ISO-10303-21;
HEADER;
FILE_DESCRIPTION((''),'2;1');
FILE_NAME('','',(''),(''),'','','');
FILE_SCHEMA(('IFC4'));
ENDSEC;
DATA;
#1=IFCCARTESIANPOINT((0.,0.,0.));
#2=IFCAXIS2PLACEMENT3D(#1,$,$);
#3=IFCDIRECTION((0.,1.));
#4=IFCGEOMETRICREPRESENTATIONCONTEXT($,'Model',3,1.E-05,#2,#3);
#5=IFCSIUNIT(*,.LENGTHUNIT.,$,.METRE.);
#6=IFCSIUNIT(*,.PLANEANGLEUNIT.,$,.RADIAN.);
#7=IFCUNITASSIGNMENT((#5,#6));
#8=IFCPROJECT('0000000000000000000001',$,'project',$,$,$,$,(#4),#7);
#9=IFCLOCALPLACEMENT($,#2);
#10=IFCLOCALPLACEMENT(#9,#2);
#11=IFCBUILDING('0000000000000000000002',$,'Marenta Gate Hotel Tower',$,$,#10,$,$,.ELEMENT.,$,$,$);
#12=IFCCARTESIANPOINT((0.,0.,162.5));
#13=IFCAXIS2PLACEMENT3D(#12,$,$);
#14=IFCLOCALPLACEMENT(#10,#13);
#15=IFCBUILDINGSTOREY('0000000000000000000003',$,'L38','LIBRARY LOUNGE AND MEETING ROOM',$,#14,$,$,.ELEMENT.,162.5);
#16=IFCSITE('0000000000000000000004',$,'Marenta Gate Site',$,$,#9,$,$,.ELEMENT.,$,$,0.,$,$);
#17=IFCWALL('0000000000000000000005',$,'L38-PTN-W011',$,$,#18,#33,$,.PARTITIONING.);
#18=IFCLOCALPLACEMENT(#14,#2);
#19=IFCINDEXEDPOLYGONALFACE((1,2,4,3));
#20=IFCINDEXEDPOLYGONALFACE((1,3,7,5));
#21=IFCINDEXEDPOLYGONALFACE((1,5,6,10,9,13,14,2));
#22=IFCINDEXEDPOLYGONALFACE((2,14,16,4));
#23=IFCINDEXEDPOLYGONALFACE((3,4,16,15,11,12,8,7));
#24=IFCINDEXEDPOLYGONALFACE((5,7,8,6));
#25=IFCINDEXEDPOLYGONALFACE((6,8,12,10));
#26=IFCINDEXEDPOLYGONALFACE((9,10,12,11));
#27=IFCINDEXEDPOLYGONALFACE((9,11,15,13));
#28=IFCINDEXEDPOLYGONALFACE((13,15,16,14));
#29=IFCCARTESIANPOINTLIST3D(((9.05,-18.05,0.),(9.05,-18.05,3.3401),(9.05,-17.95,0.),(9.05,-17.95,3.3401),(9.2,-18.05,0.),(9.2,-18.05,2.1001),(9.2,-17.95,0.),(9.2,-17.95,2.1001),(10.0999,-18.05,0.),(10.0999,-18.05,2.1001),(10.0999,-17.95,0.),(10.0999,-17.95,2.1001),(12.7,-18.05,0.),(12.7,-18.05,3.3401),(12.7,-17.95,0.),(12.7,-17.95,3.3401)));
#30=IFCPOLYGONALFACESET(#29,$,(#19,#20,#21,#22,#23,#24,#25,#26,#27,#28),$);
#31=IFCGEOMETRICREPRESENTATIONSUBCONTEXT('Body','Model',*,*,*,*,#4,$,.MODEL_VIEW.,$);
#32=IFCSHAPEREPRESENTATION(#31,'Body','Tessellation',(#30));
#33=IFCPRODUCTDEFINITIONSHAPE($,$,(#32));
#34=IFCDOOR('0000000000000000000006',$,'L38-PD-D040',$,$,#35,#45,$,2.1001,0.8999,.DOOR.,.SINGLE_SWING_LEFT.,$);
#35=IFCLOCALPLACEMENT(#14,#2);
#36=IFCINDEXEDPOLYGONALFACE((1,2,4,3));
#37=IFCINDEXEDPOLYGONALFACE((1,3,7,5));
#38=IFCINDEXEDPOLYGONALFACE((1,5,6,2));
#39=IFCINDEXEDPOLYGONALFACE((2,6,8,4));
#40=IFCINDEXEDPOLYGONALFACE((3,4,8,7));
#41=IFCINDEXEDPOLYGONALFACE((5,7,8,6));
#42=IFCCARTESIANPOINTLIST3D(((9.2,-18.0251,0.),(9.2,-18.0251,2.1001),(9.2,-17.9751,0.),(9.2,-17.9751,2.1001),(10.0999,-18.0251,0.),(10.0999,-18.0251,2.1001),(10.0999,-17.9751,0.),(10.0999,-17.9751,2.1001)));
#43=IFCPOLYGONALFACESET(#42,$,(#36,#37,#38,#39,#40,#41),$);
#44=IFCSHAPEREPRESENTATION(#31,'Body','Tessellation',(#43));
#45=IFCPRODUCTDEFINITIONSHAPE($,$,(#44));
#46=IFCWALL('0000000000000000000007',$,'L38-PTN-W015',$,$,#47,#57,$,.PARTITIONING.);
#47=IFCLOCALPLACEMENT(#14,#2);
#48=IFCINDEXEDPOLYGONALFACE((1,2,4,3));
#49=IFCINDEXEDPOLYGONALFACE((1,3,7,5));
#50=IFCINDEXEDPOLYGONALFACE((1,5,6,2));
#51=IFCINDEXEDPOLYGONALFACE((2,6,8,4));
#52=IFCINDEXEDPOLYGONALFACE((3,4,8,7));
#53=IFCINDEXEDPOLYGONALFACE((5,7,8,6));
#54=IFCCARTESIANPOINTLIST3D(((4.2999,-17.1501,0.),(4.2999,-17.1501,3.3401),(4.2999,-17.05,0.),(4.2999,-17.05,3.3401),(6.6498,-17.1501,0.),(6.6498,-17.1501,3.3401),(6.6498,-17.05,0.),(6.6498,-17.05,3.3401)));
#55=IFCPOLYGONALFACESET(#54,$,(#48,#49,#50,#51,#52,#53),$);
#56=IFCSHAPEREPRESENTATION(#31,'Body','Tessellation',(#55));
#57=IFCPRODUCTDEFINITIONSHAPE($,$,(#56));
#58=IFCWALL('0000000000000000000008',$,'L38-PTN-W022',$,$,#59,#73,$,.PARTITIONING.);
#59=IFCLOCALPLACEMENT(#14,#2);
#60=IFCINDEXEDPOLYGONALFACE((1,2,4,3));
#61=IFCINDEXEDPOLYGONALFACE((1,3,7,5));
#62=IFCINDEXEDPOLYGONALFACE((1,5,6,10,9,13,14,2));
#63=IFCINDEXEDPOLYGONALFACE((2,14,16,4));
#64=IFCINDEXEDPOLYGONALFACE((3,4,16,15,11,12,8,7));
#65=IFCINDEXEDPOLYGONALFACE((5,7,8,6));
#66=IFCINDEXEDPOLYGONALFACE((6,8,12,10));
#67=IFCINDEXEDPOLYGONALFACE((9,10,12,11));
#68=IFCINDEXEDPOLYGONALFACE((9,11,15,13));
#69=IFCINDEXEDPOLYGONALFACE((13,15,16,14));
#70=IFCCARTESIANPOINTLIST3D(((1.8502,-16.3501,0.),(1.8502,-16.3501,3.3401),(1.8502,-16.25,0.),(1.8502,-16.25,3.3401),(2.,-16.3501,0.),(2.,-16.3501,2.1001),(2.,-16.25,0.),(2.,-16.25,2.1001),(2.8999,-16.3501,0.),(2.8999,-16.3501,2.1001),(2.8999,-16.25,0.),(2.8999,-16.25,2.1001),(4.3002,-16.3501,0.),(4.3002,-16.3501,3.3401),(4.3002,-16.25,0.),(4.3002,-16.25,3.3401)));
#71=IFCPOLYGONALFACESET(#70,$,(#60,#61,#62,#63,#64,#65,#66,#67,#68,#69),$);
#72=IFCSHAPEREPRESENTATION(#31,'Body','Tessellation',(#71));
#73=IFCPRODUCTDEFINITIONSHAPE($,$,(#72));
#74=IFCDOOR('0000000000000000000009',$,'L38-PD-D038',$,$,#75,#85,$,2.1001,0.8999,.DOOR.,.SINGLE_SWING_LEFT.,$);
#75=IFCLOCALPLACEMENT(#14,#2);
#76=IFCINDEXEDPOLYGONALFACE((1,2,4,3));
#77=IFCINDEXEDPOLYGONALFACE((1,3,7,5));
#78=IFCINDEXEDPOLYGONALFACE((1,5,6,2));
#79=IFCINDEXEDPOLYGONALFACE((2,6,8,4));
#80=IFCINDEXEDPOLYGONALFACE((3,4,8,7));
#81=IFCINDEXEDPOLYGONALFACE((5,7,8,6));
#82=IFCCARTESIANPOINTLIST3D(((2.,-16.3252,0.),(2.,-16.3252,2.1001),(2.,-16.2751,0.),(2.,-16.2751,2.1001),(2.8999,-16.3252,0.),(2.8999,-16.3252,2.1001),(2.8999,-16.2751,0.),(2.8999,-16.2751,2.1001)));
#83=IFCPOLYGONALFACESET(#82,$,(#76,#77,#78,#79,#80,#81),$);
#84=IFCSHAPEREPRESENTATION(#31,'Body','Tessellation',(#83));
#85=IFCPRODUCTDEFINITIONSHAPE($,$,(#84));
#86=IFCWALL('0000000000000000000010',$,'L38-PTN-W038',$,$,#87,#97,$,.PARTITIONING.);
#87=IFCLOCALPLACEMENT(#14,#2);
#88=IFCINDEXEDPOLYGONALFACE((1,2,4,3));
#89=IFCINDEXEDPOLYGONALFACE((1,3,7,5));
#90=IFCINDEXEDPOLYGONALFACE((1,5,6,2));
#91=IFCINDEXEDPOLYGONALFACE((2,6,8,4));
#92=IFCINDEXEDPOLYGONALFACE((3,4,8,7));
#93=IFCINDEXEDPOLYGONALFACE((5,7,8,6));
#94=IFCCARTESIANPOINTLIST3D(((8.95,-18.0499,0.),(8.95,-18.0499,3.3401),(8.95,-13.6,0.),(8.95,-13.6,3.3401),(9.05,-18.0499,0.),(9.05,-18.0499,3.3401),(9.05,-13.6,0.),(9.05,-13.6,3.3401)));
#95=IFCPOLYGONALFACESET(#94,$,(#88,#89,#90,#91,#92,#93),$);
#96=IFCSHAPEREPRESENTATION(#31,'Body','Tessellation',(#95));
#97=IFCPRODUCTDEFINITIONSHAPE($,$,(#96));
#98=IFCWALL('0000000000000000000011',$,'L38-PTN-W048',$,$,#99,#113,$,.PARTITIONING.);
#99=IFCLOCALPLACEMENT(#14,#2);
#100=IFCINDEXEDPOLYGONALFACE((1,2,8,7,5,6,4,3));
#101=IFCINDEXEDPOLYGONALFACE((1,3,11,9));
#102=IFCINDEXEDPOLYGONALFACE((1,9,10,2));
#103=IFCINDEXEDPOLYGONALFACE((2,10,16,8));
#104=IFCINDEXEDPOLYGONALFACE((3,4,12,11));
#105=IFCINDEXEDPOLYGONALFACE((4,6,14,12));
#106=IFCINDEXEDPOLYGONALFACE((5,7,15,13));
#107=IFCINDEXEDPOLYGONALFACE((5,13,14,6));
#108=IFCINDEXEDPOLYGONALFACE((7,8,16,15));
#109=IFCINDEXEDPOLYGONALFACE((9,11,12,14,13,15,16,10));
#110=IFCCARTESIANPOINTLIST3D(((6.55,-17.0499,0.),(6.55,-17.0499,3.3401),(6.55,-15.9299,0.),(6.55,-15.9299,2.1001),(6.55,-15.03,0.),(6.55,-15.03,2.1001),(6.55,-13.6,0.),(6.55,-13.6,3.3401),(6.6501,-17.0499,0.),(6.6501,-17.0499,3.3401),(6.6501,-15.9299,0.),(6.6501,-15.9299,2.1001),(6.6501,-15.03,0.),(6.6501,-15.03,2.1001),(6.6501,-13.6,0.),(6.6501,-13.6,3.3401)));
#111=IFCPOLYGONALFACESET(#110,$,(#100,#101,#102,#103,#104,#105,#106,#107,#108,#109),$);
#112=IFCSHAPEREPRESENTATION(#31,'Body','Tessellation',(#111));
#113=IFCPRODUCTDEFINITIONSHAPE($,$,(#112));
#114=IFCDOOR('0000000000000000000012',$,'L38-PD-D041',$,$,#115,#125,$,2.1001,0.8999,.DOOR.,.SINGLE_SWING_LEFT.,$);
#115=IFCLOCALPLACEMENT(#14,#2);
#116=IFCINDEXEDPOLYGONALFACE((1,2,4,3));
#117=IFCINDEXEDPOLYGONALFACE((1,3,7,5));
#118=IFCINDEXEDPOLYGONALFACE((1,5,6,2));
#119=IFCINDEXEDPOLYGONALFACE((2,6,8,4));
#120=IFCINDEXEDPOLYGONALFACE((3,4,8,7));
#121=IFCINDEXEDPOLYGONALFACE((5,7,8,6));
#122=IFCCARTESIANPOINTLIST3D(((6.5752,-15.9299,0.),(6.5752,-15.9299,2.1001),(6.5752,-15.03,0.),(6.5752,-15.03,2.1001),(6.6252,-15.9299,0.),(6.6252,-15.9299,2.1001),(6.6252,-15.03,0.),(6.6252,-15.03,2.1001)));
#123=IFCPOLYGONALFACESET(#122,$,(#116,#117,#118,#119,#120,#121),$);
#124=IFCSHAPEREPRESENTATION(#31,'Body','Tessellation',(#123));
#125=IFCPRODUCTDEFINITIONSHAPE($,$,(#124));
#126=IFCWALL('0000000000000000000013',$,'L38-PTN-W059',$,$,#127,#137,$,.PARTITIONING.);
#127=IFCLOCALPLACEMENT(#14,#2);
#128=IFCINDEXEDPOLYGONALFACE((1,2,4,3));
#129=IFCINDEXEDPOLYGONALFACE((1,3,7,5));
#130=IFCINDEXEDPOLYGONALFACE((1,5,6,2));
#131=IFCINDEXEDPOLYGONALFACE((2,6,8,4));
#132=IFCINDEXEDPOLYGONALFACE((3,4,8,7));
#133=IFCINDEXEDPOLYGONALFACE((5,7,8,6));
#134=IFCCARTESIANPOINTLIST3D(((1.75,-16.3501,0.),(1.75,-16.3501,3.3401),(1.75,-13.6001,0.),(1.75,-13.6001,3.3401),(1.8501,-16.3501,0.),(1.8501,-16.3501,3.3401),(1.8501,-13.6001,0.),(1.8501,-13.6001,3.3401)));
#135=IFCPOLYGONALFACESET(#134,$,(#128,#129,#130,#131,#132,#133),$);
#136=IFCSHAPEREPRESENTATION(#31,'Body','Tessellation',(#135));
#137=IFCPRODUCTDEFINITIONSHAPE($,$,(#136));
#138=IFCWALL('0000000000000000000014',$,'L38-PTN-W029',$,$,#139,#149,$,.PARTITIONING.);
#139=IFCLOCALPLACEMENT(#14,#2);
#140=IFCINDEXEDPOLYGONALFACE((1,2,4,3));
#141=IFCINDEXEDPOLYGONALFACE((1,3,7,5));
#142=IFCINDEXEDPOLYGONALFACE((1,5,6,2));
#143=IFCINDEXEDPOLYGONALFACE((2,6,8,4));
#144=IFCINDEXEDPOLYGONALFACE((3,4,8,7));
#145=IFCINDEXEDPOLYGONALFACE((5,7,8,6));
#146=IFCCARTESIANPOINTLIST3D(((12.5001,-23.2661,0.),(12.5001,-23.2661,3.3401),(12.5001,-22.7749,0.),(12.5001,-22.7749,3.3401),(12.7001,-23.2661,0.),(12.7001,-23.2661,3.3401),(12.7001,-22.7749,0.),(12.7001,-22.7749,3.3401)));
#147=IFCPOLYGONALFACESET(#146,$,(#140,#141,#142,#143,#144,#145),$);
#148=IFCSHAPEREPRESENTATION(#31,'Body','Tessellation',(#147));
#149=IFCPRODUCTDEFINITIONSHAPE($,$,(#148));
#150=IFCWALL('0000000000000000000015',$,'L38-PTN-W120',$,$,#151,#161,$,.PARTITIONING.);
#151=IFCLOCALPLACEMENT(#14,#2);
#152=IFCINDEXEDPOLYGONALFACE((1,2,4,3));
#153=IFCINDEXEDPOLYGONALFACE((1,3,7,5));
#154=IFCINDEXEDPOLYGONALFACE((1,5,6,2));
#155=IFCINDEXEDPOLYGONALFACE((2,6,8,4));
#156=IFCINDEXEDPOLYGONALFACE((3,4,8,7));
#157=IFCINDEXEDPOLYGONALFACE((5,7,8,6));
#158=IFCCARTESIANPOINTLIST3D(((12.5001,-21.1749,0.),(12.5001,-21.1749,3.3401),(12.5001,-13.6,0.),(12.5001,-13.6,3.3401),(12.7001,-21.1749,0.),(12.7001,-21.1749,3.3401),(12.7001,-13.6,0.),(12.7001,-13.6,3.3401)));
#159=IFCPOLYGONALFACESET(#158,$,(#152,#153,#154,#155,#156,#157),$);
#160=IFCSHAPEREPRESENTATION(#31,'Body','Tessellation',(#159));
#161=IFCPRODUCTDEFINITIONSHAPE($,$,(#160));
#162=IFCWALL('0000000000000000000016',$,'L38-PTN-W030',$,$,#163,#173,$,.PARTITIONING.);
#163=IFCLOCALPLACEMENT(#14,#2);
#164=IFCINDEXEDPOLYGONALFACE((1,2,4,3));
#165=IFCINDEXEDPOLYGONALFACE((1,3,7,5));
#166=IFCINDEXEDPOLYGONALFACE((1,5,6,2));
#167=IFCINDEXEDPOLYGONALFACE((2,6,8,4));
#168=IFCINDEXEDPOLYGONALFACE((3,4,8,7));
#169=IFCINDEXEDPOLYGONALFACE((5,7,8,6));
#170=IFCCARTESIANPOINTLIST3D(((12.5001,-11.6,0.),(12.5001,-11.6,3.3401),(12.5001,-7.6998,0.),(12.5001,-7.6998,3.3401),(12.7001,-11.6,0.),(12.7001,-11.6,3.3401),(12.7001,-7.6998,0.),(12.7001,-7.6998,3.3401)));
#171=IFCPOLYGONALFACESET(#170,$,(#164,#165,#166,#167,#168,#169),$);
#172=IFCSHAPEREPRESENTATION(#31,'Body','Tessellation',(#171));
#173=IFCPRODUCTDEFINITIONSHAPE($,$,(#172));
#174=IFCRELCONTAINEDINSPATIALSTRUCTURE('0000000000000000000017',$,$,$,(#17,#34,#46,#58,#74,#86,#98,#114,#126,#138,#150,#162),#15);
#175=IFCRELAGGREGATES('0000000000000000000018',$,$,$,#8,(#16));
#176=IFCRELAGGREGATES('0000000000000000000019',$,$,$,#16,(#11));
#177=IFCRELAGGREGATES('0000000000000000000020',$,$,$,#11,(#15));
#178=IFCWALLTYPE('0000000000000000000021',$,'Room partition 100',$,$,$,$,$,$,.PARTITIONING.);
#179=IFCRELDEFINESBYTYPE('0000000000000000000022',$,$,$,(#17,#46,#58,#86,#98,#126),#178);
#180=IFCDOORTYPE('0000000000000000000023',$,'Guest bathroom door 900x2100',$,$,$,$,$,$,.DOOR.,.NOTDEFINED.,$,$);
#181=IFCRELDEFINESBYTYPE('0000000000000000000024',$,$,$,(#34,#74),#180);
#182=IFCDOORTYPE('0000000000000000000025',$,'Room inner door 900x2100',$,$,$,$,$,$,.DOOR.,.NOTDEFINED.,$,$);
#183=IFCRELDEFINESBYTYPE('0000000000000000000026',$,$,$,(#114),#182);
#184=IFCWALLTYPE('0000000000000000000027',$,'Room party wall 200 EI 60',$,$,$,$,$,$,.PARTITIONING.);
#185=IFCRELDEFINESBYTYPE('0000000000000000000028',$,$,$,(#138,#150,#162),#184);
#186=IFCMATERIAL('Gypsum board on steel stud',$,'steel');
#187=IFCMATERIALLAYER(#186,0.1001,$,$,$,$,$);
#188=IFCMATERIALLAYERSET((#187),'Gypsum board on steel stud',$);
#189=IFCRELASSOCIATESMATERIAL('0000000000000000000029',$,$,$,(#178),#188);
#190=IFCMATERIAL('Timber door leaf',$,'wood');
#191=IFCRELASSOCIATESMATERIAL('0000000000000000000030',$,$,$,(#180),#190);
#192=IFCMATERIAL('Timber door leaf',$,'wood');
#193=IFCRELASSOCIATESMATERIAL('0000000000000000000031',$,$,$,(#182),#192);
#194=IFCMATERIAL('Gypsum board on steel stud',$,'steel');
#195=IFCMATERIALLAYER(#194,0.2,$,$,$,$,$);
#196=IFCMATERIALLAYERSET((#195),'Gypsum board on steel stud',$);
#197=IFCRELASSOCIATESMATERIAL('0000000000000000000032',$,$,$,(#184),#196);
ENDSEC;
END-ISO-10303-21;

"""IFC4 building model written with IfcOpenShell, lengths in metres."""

from ifc_helpers import new_model, si_unit, direction, frame, frame_2d, origin, place, context, subcontext, project, spatial, rectangle, extrude, material, layer, layer_set, type_object, element, fill, save


model = new_model("IFC4")

# Units and contexts
model_context = context("Model", 3, precision=1e-05, world=origin(), true_north=direction((0.0, 1.0)))
body_context = subcontext(model_context, "Body", "Model", "MODEL_VIEW")
ifc_project = project(units=[si_unit("LENGTHUNIT", "METRE"), si_unit("PLANEANGLEUNIT", "RADIAN")], contexts=[model_context])

# Site, building, storey
site_placement = place(None, origin())
site = spatial("IfcSite", under=ifc_project, at=site_placement, Name="Marenta Gate Site", CompositionType="ELEMENT", RefElevation=0.0)
building_placement = place(site_placement, origin())
building = spatial("IfcBuilding", under=site, at=building_placement, Name="Marenta Gate Hotel Tower", CompositionType="ELEMENT")
storey_placement = place(building_placement, frame((0.0, 0.0, 162.5)))
storey = spatial("IfcBuildingStorey", under=building, at=storey_placement, Name="L38", Description="LIBRARY LOUNGE AND MEETING ROOM", CompositionType="ELEMENT", Elevation=162.5)

# Wall, opening, door
ifc_material_1 = material(Name="Gypsum board on steel stud", Category="steel")
ifc_layer_1 = layer(ifc_material_1, 0.1001)
ifc_layer_set_1 = layer_set([ifc_layer_1], Name="Gypsum board on steel stud")
wall_type_1 = type_object("IfcWallType", Name="Room partition 100", PredefinedType="PARTITIONING", material=ifc_layer_set_1)
wall_1_placement = place(storey_placement, frame((9.05, -18.0, 0.0), z_axis=(0.0, 0.0, 1.0), x_axis=(1.0, 0.0, 0.0)))
wall_1 = element("IfcWall", 1, at=wall_1_placement, inside=storey, type_object=wall_type_1, Name="L38-PTN-W011", PredefinedType="PARTITIONING", context=body_context, shape_type="SweptSolid", body=[
    extrude(rectangle(XDim=3.6499, YDim=0.1001, at=frame_2d((1.825, 0.0))), origin(), (0.0, 0.0, 1.0), 3.3401),
])
opening_1_placement = place(wall_1_placement, frame((0.1499, 0.0, 0.0)))
opening_1 = element("IfcOpeningElement", 2, at=opening_1_placement, cuts=wall_1, PredefinedType="OPENING", context=body_context, shape_type="SweptSolid", body=[
    extrude(rectangle(XDim=0.8999, YDim=2.1001, at=frame_2d((0.45, 1.05))), frame((0.0, 0.05, 0.0), z_axis=(0.0, -1.0, 0.0), x_axis=(1.0, 0.0, 0.0)), (0.0, 0.0, 1.0), 0.1001),
])
ifc_material_2 = material(Name="Timber door leaf", Category="wood")
door_type_1 = type_object("IfcDoorType", Name="Guest bathroom door 900x2100", OperationType="NOTDEFINED", PredefinedType="DOOR", material=ifc_material_2)
door_1_placement = place(opening_1_placement, origin())
door_1 = element("IfcDoor", 3, at=door_1_placement, inside=storey, type_object=door_type_1, Name="L38-PD-D040", OperationType="SINGLE_SWING_LEFT", OverallHeight=2.1001, OverallWidth=0.8999, PredefinedType="DOOR", context=body_context, shape_type="SweptSolid", body=[
    extrude(rectangle(XDim=0.8999, YDim=2.1001, at=frame_2d((0.45, 1.05))), frame((0.0, 0.0249, 0.0), z_axis=(0.0, -1.0, 0.0), x_axis=(1.0, 0.0, 0.0)), (0.0, 0.0, 1.0), 0.05),
])
fill(opening_1, door_1)

# Wall
wall_2_placement = place(storey_placement, frame((4.3, -17.1001, 0.0), z_axis=(0.0, 0.0, 1.0), x_axis=(1.0, 0.0, 0.0)))
element("IfcWall", 4, at=wall_2_placement, inside=storey, type_object=wall_type_1, Name="L38-PTN-W015", PredefinedType="PARTITIONING", context=body_context, shape_type="SweptSolid", body=[
    extrude(rectangle(XDim=2.3499, YDim=0.1001, at=frame_2d((1.1748, 0.0))), origin(), (0.0, 0.0, 1.0), 3.3401),
])

# Wall, opening, door
wall_3_placement = place(storey_placement, frame((1.8501, -16.3, 0.0), z_axis=(0.0, 0.0, 1.0), x_axis=(1.0, 0.0, 0.0)))
wall_3 = element("IfcWall", 5, at=wall_3_placement, inside=storey, type_object=wall_type_1, Name="L38-PTN-W022", PredefinedType="PARTITIONING", context=body_context, shape_type="SweptSolid", body=[
    extrude(rectangle(XDim=2.45, YDim=0.1001, at=frame_2d((1.2251, 0.0))), origin(), (0.0, 0.0, 1.0), 3.3401),
])
opening_2_placement = place(wall_3_placement, frame((0.1499, 0.0, 0.0)))
opening_2 = element("IfcOpeningElement", 6, at=opening_2_placement, cuts=wall_3, PredefinedType="OPENING", context=body_context, shape_type="SweptSolid", body=[
    extrude(rectangle(XDim=0.8999, YDim=2.1001, at=frame_2d((0.45, 1.05))), frame((0.0, 0.05, 0.0), z_axis=(0.0, -1.0, 0.0), x_axis=(1.0, 0.0, 0.0)), (0.0, 0.0, 1.0), 0.1001),
])
door_2_placement = place(opening_2_placement, origin())
door_2 = element("IfcDoor", 7, at=door_2_placement, inside=storey, type_object=door_type_1, Name="L38-PD-D038", OperationType="SINGLE_SWING_LEFT", OverallHeight=2.1001, OverallWidth=0.8999, PredefinedType="DOOR", context=body_context, shape_type="SweptSolid", body=[
    extrude(rectangle(XDim=0.8999, YDim=2.1001, at=frame_2d((0.45, 1.05))), frame((0.0, 0.0249, 0.0), z_axis=(0.0, -1.0, 0.0), x_axis=(1.0, 0.0, 0.0)), (0.0, 0.0, 1.0), 0.05),
])
fill(opening_2, door_2)

# Wall
wall_4_placement = place(storey_placement, frame((9.0, -18.05, 0.0), z_axis=(0.0, 0.0, 1.0), x_axis=(0.0, 1.0, 0.0)))
element("IfcWall", 8, at=wall_4_placement, inside=storey, type_object=wall_type_1, Name="L38-PTN-W038", PredefinedType="PARTITIONING", context=body_context, shape_type="SweptSolid", body=[
    extrude(rectangle(XDim=4.45, YDim=0.1001, at=frame_2d((2.2251, 0.0))), origin(), (0.0, 0.0, 1.0), 3.3401),
])

# Wall, opening, door
wall_5_placement = place(storey_placement, frame((6.6001, -17.05, 0.0), z_axis=(0.0, 0.0, 1.0), x_axis=(0.0, 1.0, 0.0)))
wall_5 = element("IfcWall", 9, at=wall_5_placement, inside=storey, type_object=wall_type_1, Name="L38-PTN-W048", PredefinedType="PARTITIONING", context=body_context, shape_type="SweptSolid", body=[
    extrude(rectangle(XDim=3.45, YDim=0.1001, at=frame_2d((1.7251, 0.0))), origin(), (0.0, 0.0, 1.0), 3.3401),
])
opening_3_placement = place(wall_5_placement, frame((1.1201, 0.0, 0.0)))
opening_3 = element("IfcOpeningElement", 10, at=opening_3_placement, cuts=wall_5, PredefinedType="OPENING", context=body_context, shape_type="SweptSolid", body=[
    extrude(rectangle(XDim=0.8999, YDim=2.1001, at=frame_2d((0.45, 1.05))), frame((0.0, 0.05, 0.0), z_axis=(0.0, -1.0, 0.0), x_axis=(1.0, 0.0, 0.0)), (0.0, 0.0, 1.0), 0.1001),
])
ifc_material_3 = material(Name="Timber door leaf", Category="wood")
door_type_2 = type_object("IfcDoorType", Name="Room inner door 900x2100", OperationType="NOTDEFINED", PredefinedType="DOOR", material=ifc_material_3)
door_3_placement = place(opening_3_placement, origin())
door_3 = element("IfcDoor", 11, at=door_3_placement, inside=storey, type_object=door_type_2, Name="L38-PD-D041", OperationType="SINGLE_SWING_LEFT", OverallHeight=2.1001, OverallWidth=0.8999, PredefinedType="DOOR", context=body_context, shape_type="SweptSolid", body=[
    extrude(rectangle(XDim=0.8999, YDim=2.1001, at=frame_2d((0.45, 1.05))), frame((0.0, 0.0249, 0.0), z_axis=(0.0, -1.0, 0.0), x_axis=(1.0, 0.0, 0.0)), (0.0, 0.0, 1.0), 0.05),
])
fill(opening_3, door_3)

# Walls
wall_6_placement = place(storey_placement, frame((1.8, -16.3501, 0.0), z_axis=(0.0, 0.0, 1.0), x_axis=(0.0, 1.0, 0.0)))
element("IfcWall", 12, at=wall_6_placement, inside=storey, type_object=wall_type_1, Name="L38-PTN-W059", PredefinedType="PARTITIONING", context=body_context, shape_type="SweptSolid", body=[
    extrude(rectangle(XDim=2.75, YDim=0.1001, at=frame_2d((1.375, 0.0))), origin(), (0.0, 0.0, 1.0), 3.3401),
])
ifc_material_4 = material(Name="Gypsum board on steel stud", Category="steel")
ifc_layer_2 = layer(ifc_material_4, 0.2)
ifc_layer_set_2 = layer_set([ifc_layer_2], Name="Gypsum board on steel stud")
wall_type_2 = type_object("IfcWallType", Name="Room party wall 200 EI 60", PredefinedType="PARTITIONING", material=ifc_layer_set_2)
wall_7_placement = place(storey_placement, frame((12.6001, -23.2661, 0.0), z_axis=(0.0, 0.0, 1.0), x_axis=(0.0, 1.0, 0.0)))
element("IfcWall", 13, at=wall_7_placement, inside=storey, type_object=wall_type_2, Name="L38-PTN-W029", PredefinedType="PARTITIONING", context=body_context, shape_type="SweptSolid", body=[
    extrude(rectangle(XDim=0.4912, YDim=0.2, at=frame_2d((0.2456, 0.0))), origin(), (0.0, 0.0, 1.0), 3.3401),
])
wall_8_placement = place(storey_placement, frame((12.6001, -21.175, 0.0), z_axis=(0.0, 0.0, 1.0), x_axis=(0.0, 1.0, 0.0)))
element("IfcWall", 14, at=wall_8_placement, inside=storey, type_object=wall_type_2, Name="L38-PTN-W120", PredefinedType="PARTITIONING", context=body_context, shape_type="SweptSolid", body=[
    extrude(rectangle(XDim=7.575, YDim=0.2, at=frame_2d((3.7876, 0.0))), origin(), (0.0, 0.0, 1.0), 3.3401),
])
wall_9_placement = place(storey_placement, frame((12.6001, -11.6001, 0.0), z_axis=(0.0, 0.0, 1.0), x_axis=(0.0, 1.0, 0.0)))
element("IfcWall", 15, at=wall_9_placement, inside=storey, type_object=wall_type_2, Name="L38-PTN-W030", PredefinedType="PARTITIONING", context=body_context, shape_type="SweptSolid", body=[
    extrude(rectangle(XDim=3.9001, YDim=0.2, at=frame_2d((1.9502, 0.0))), origin(), (0.0, 0.0, 1.0), 3.3401),
])

save(model, "model.ifc")
